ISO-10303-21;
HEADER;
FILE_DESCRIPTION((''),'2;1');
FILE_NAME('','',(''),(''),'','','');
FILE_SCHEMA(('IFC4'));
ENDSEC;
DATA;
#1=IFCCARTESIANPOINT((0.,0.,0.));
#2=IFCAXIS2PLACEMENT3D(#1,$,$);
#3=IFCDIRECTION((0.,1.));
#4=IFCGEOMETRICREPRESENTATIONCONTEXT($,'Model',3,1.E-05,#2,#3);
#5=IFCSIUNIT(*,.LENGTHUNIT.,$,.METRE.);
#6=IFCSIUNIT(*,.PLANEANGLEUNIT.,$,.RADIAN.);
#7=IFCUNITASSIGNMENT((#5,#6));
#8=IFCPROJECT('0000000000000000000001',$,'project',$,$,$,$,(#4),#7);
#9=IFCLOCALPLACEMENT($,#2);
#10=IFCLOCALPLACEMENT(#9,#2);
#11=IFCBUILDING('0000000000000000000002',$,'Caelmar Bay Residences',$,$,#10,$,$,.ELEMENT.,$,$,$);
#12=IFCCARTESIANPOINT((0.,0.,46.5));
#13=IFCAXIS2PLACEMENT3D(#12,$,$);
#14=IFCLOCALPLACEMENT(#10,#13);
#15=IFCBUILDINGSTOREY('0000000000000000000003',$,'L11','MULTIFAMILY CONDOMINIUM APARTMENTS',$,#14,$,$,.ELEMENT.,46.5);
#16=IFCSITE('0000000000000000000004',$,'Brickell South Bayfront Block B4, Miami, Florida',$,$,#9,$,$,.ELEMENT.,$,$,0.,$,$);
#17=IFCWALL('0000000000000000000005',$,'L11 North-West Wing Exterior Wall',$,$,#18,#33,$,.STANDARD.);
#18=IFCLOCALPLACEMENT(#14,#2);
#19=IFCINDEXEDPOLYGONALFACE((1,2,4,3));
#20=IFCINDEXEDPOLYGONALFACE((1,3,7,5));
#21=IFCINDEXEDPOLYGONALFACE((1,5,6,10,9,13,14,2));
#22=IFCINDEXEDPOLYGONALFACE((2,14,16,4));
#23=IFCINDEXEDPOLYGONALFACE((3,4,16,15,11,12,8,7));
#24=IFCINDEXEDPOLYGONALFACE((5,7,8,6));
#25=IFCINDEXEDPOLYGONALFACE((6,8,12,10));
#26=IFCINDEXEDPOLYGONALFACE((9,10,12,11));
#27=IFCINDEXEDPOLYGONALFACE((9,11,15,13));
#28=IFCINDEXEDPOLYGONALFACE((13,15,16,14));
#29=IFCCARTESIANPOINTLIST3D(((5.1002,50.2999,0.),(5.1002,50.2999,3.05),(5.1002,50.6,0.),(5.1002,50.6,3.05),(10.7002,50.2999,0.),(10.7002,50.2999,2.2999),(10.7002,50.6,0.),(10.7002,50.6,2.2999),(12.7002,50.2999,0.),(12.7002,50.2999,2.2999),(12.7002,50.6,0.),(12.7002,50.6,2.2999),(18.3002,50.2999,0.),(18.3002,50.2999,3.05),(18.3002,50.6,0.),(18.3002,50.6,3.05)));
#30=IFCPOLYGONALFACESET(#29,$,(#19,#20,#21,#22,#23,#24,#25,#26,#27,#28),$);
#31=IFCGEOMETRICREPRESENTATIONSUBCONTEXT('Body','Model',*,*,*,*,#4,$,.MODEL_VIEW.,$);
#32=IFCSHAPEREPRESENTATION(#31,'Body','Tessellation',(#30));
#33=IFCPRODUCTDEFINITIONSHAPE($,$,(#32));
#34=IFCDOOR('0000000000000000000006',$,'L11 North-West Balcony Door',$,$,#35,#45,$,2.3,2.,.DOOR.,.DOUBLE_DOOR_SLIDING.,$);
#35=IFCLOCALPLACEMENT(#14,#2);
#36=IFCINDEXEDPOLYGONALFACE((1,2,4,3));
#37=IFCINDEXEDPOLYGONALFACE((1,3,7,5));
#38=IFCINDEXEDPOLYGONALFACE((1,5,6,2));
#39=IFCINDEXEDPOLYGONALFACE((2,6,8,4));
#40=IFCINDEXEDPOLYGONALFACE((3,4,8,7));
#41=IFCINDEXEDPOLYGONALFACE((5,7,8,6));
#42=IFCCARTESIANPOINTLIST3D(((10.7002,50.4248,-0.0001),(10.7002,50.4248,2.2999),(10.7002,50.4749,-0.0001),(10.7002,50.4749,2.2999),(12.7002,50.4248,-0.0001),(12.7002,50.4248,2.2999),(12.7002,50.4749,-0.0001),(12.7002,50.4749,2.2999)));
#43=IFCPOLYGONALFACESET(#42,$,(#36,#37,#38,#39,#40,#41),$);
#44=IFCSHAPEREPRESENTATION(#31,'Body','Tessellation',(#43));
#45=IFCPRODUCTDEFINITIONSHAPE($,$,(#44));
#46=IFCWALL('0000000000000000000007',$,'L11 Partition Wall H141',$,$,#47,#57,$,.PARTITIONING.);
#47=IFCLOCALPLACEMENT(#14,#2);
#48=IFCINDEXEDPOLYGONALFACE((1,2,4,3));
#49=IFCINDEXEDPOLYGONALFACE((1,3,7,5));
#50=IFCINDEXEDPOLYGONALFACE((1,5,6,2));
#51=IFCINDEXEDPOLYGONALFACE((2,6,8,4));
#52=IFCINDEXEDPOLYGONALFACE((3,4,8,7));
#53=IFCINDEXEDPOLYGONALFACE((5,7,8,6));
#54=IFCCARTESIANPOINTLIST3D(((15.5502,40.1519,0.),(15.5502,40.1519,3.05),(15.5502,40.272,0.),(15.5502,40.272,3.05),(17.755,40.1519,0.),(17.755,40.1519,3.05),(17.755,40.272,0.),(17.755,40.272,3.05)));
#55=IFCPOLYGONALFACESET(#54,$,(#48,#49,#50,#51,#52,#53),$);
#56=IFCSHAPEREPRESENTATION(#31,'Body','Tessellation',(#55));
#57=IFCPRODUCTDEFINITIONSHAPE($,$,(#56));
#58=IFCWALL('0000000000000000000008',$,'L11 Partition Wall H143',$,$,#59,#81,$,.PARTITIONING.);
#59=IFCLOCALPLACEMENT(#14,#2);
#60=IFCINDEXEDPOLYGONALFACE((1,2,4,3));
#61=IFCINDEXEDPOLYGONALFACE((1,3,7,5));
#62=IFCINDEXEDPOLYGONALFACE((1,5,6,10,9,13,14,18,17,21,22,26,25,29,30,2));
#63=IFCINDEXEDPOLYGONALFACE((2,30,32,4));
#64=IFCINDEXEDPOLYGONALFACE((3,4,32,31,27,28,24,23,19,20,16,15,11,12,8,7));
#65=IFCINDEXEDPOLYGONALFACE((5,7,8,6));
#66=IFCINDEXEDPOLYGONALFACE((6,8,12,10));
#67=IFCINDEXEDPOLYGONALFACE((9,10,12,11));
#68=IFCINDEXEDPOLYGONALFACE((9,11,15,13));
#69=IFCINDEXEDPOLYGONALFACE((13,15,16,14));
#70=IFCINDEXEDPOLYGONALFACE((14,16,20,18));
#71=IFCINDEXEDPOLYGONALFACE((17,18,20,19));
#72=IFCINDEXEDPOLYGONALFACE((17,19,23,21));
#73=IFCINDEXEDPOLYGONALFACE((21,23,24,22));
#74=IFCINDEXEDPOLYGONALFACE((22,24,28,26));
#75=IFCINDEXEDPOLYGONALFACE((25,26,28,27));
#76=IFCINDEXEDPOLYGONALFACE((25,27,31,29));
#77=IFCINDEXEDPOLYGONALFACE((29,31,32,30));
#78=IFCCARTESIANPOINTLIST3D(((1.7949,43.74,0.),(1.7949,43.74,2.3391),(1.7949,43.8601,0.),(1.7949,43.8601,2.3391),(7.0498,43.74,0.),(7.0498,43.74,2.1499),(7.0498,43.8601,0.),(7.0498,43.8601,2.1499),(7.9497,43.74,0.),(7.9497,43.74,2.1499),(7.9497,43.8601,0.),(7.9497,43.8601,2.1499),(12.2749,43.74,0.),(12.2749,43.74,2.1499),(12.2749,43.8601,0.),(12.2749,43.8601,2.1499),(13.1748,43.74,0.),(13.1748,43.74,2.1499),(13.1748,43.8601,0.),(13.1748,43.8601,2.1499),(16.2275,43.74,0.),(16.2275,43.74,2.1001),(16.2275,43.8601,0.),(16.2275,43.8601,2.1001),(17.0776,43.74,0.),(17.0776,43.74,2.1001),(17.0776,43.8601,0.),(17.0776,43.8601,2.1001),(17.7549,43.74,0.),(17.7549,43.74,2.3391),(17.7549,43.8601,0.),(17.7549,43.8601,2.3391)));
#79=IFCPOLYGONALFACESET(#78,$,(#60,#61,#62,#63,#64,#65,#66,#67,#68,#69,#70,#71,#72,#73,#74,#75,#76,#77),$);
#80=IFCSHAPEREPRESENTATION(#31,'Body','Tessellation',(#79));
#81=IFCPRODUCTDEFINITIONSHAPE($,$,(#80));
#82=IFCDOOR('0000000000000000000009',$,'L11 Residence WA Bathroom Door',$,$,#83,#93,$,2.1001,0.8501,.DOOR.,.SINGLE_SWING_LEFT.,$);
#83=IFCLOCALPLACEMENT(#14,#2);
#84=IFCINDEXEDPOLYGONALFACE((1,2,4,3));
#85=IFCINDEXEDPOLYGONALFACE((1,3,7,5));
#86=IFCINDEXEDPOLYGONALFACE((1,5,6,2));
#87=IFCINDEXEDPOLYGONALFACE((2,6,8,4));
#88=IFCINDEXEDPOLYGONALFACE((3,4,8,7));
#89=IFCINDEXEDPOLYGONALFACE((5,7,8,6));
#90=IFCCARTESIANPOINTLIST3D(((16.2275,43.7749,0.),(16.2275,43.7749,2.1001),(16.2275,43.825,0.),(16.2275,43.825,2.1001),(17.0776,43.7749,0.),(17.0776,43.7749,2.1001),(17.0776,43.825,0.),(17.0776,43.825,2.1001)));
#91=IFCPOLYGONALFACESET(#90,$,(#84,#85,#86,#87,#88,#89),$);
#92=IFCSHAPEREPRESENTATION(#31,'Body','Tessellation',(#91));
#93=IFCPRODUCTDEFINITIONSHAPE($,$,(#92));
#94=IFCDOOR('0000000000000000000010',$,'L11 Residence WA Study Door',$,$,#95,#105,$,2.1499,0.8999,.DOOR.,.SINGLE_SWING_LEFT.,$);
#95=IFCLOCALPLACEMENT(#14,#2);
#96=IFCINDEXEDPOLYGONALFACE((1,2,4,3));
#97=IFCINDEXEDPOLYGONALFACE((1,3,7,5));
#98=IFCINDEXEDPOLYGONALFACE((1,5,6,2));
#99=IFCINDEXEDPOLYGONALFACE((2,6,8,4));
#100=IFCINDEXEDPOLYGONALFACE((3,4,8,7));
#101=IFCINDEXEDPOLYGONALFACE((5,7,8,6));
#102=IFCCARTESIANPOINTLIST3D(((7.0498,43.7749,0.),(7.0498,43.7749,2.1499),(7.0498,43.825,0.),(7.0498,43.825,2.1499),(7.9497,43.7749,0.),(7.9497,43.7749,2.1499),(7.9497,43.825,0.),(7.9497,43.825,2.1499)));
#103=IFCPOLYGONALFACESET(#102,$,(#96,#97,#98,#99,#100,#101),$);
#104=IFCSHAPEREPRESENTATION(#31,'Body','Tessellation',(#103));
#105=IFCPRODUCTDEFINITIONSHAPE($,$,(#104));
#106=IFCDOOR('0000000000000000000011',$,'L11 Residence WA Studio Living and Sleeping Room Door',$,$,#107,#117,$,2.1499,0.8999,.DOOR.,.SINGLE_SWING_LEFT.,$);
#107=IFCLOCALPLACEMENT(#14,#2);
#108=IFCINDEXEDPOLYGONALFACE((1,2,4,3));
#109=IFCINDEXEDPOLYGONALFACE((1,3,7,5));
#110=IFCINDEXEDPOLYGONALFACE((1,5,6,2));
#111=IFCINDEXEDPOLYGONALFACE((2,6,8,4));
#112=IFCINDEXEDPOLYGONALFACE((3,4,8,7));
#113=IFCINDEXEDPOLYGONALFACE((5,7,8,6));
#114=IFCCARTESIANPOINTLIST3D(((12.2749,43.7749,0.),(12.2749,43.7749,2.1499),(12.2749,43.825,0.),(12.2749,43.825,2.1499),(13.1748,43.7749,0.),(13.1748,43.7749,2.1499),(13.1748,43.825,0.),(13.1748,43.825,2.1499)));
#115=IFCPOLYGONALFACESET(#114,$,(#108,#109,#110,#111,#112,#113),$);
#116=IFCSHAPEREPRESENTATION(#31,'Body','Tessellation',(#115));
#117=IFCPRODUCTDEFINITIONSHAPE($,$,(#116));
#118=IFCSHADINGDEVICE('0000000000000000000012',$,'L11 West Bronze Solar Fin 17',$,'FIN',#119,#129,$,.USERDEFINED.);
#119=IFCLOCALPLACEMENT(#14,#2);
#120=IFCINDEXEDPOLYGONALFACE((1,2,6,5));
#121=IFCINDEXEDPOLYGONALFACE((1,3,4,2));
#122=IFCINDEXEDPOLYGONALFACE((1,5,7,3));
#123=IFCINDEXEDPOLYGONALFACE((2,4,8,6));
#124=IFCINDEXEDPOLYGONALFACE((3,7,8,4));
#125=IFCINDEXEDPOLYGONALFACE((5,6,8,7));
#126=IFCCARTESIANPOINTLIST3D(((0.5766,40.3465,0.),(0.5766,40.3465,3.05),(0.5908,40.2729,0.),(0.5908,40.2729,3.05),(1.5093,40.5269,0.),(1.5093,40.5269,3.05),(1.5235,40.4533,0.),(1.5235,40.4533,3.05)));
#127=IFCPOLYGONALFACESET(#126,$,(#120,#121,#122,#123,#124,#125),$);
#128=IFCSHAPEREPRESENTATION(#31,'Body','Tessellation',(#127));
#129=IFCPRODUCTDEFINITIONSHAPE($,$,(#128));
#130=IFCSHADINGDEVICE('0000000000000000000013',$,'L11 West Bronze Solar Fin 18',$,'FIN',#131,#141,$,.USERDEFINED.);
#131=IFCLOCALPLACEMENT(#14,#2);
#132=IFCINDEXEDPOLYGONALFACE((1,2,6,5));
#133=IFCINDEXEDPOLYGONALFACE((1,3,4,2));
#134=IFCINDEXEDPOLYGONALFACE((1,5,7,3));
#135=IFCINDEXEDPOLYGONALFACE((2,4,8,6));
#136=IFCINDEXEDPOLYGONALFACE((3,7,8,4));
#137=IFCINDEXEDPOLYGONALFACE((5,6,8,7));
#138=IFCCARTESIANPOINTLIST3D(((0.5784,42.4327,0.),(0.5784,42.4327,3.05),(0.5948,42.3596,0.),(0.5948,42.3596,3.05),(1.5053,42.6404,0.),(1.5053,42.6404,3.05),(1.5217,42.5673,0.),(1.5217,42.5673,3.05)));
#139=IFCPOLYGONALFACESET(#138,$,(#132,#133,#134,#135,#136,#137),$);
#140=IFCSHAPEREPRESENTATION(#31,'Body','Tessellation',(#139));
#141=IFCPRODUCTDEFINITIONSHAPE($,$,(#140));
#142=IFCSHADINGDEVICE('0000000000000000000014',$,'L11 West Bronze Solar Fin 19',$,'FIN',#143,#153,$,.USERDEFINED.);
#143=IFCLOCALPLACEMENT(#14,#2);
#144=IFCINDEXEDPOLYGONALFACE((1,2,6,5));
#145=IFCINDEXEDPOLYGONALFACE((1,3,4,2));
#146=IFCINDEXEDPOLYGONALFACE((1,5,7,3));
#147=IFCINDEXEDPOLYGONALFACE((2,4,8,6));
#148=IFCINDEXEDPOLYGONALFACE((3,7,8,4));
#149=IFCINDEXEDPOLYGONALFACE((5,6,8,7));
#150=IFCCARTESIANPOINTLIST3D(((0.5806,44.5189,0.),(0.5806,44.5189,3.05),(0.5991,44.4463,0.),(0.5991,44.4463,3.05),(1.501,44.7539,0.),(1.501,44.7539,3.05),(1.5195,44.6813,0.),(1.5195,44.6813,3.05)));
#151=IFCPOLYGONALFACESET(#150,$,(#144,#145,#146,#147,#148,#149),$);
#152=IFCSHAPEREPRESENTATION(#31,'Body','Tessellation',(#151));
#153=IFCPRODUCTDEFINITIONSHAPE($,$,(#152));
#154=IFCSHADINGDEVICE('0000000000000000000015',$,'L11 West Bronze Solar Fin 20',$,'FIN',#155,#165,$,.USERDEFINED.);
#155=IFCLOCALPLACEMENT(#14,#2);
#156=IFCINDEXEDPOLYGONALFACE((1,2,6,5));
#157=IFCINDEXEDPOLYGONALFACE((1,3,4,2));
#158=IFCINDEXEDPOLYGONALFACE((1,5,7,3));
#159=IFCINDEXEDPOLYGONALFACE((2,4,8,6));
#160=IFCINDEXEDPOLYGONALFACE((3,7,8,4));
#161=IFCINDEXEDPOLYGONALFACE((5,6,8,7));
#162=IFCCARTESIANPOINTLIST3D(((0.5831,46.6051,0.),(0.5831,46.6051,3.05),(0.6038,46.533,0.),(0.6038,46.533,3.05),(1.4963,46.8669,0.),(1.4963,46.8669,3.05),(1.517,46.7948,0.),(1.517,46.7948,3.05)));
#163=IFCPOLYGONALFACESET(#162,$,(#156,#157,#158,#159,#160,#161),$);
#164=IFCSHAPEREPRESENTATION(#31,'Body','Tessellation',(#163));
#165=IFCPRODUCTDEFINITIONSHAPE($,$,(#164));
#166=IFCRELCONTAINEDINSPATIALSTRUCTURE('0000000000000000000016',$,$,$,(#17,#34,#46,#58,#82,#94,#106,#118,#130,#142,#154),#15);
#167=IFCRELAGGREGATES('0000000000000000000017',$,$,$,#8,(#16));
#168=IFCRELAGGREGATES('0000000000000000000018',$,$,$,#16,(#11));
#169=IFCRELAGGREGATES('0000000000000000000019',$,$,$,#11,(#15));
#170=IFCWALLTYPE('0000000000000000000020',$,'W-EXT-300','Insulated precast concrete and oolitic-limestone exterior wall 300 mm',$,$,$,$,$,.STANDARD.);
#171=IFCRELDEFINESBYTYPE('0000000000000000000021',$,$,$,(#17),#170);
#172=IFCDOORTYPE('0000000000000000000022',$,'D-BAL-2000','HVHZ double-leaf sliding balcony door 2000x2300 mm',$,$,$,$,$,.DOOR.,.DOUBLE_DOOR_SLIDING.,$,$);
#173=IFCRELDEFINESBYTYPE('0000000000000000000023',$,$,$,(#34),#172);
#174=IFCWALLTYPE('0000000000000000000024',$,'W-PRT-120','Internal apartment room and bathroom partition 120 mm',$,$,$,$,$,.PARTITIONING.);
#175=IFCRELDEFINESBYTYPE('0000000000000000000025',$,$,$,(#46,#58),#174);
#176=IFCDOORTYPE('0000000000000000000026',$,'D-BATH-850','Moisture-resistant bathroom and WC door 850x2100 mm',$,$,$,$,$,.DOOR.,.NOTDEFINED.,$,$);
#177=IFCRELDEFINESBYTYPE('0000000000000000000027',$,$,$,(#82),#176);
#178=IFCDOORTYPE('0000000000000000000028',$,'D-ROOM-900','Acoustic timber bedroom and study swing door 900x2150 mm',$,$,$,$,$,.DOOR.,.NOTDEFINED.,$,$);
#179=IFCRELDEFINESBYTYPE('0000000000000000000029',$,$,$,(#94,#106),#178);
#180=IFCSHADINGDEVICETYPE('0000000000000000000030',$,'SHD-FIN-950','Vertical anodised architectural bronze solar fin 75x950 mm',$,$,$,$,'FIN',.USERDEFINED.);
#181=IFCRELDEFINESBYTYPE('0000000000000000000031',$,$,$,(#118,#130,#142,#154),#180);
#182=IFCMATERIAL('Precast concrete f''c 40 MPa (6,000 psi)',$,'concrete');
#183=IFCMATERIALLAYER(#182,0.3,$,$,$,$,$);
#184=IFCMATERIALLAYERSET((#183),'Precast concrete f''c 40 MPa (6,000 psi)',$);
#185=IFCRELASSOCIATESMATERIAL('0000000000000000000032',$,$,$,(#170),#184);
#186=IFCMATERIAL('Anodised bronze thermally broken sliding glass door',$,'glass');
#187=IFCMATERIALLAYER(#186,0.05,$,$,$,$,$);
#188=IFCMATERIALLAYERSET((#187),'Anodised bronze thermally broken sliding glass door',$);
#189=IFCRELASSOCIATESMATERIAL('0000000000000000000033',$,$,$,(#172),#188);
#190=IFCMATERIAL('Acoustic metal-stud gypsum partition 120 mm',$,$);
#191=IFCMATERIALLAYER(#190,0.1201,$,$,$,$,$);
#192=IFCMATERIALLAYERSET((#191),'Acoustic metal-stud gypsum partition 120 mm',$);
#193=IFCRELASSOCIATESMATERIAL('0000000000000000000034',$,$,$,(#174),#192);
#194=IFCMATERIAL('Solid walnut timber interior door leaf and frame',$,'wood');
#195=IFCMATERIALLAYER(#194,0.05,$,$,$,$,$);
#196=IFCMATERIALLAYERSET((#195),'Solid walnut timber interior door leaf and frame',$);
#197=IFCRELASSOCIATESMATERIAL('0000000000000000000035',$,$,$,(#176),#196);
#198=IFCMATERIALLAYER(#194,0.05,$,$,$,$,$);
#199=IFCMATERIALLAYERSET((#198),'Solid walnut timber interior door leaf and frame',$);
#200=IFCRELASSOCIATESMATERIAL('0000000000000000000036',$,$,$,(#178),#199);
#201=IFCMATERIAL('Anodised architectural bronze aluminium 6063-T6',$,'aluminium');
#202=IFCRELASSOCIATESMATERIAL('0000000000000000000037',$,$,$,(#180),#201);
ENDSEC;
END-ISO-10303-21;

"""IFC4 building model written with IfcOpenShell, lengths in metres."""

from ifc_helpers import new_model, si_unit, direction, frame, frame_2d, origin, origin_2d, place, context, subcontext, project, spatial, rectangle, extrude, material, layer, layer_set, material_profile, profile_set, type_object, element, fill, save


model = new_model("IFC4")

# Units and contexts
model_context = context("Model", 3, precision=1e-05, world=origin(), true_north=direction((0.0, 1.0)))
body_context = subcontext(model_context, "Body", "Model", "MODEL_VIEW")
ifc_project = project(units=[si_unit("LENGTHUNIT", "METRE"), si_unit("PLANEANGLEUNIT", "RADIAN")], contexts=[model_context])

# Site, building, storey
site_placement = place(None, origin())
site = spatial("IfcSite", under=ifc_project, at=site_placement, Name="Brickell South Bayfront Block B4, Miami, Florida", CompositionType="ELEMENT", RefElevation=0.0)
building_placement = place(site_placement, origin())
building = spatial("IfcBuilding", under=site, at=building_placement, Name="Caelmar Bay Residences", CompositionType="ELEMENT")
storey_placement = place(building_placement, frame((0.0, 0.0, 46.5)))
storey = spatial("IfcBuildingStorey", under=building, at=storey_placement, Name="L11", Description="MULTIFAMILY CONDOMINIUM APARTMENTS", CompositionType="ELEMENT", Elevation=46.5)

# Shared definitions
ifc_material_1 = material(Name="Precast concrete f'c 40 MPa (6,000 psi)", Category="concrete")

# Wall, opening, door
ifc_layer_1 = layer(ifc_material_1, 0.3)
ifc_layer_set_1 = layer_set([ifc_layer_1], Name="Precast concrete f'c 40 MPa (6,000 psi)")
wall_type_1 = type_object("IfcWallType", Name="W-EXT-300", Description="Insulated precast concrete and oolitic-limestone exterior wall 300 mm", PredefinedType="STANDARD", material=ifc_layer_set_1)
wall_1_placement = place(storey_placement, frame((5.1001, 50.45, 0.0), z_axis=(0.0, 0.0, 1.0), x_axis=(1.0, 0.0, 0.0)))
wall_1 = element("IfcWall", 1, at=wall_1_placement, inside=storey, type_object=wall_type_1, Name="L11 North-West Wing Exterior Wall", PredefinedType="STANDARD", context=body_context, shape_type="SweptSolid", body=[
    extrude(rectangle(XDim=13.2, YDim=0.3, at=frame_2d((6.6001, 0.0))), origin(), (0.0, 0.0, 1.0), 3.05),
])
opening_1_placement = place(wall_1_placement, frame((5.6001, 0.0, 0.0)))
opening_1 = element("IfcOpeningElement", 2, at=opening_1_placement, cuts=wall_1, PredefinedType="OPENING", context=body_context, shape_type="SweptSolid", body=[
    extrude(rectangle(XDim=2.0, YDim=2.3, at=frame_2d((1.0, 1.1499))), frame((0.0, 0.1599, 0.0), z_axis=(0.0, -1.0, 0.0), x_axis=(1.0, 0.0, 0.0)), (0.0, 0.0, 1.0), 0.3201),
])
ifc_material_2 = material(Name="Anodised bronze thermally broken sliding glass door", Category="glass")
ifc_layer_2 = layer(ifc_material_2, 0.05)
ifc_layer_set_2 = layer_set([ifc_layer_2], Name="Anodised bronze thermally broken sliding glass door")
door_type_1 = type_object("IfcDoorType", Name="D-BAL-2000", Description="HVHZ double-leaf sliding balcony door 2000x2300 mm", OperationType="DOUBLE_DOOR_SLIDING", PredefinedType="DOOR", material=ifc_layer_set_2)
door_1_placement = place(opening_1_placement, origin())
door_1 = element("IfcDoor", 3, at=door_1_placement, inside=storey, type_object=door_type_1, Name="L11 North-West Balcony Door", OperationType="DOUBLE_DOOR_SLIDING", OverallHeight=2.3, OverallWidth=2.0, PredefinedType="DOOR", context=body_context, shape_type="SweptSolid", body=[
    extrude(rectangle(XDim=2.0, YDim=2.3, at=frame_2d((1.0, 1.1499))), frame((0.0, 0.0249, 0.0), z_axis=(0.0, -1.0, 0.0), x_axis=(1.0, 0.0, 0.0)), (0.0, 0.0, 1.0), 0.05),
])
fill(opening_1, door_1)

# Wall
ifc_material_3 = material(Name="Acoustic metal-stud gypsum partition 120 mm")
ifc_layer_3 = layer(ifc_material_3, 0.1201)
ifc_layer_set_3 = layer_set([ifc_layer_3], Name="Acoustic metal-stud gypsum partition 120 mm")
wall_type_2 = type_object("IfcWallType", Name="W-PRT-120", Description="Internal apartment room and bathroom partition 120 mm", PredefinedType="PARTITIONING", material=ifc_layer_set_3)
wall_2_placement = place(storey_placement, frame((15.55, 40.2119, 0.0), z_axis=(0.0, 0.0, 1.0), x_axis=(1.0, 0.0, 0.0)))
element("IfcWall", 4, at=wall_2_placement, inside=storey, type_object=wall_type_2, Name="L11 Partition Wall H141", PredefinedType="PARTITIONING", context=body_context, shape_type="SweptSolid", body=[
    extrude(rectangle(XDim=2.2048, YDim=0.1201, at=frame_2d((1.1025, 0.0))), origin(), (0.0, 0.0, 1.0), 3.05),
])

# Wall, openings, doors
wall_3_placement = place(storey_placement, frame((1.7949, 43.8, 0.0), z_axis=(0.0, 0.0, 1.0), x_axis=(1.0, 0.0, 0.0)))
wall_3 = element("IfcWall", 5, at=wall_3_placement, inside=storey, type_object=wall_type_2, Name="L11 Partition Wall H143", PredefinedType="PARTITIONING", context=body_context, shape_type="SweptSolid", body=[
    extrude(rectangle(XDim=15.96, YDim=0.1201, at=frame_2d((7.98, 0.0))), origin(), (0.0, 0.0, 1.0), 2.3391),
])
opening_2_placement = place(wall_3_placement, frame((5.2549, 0.0, 0.0)))
opening_2 = element("IfcOpeningElement", 6, at=opening_2_placement, cuts=wall_3, PredefinedType="OPENING", context=body_context, shape_type="SweptSolid", body=[
    extrude(rectangle(XDim=0.8999, YDim=2.1499, at=frame_2d((0.45, 1.075))), frame((0.0, 0.0701, 0.0), z_axis=(0.0, -1.0, 0.0), x_axis=(1.0, 0.0, 0.0)), (0.0, 0.0, 1.0), 0.1401),
])
opening_3_placement = place(wall_3_placement, frame((10.48, 0.0, 0.0)))
opening_3 = element("IfcOpeningElement", 7, at=opening_3_placement, cuts=wall_3, PredefinedType="OPENING", context=body_context, shape_type="SweptSolid", body=[
    extrude(rectangle(XDim=0.8999, YDim=2.1499, at=frame_2d((0.45, 1.075))), frame((0.0, 0.0701, 0.0), z_axis=(0.0, -1.0, 0.0), x_axis=(1.0, 0.0, 0.0)), (0.0, 0.0, 1.0), 0.1401),
])
opening_4_placement = place(wall_3_placement, frame((14.4326, 0.0, 0.0)))
opening_4 = element("IfcOpeningElement", 8, at=opening_4_placement, cuts=wall_3, PredefinedType="OPENING", context=body_context, shape_type="SweptSolid", body=[
    extrude(rectangle(XDim=0.8501, YDim=2.1001, at=frame_2d((0.425, 1.05))), frame((0.0, 0.0701, 0.0), z_axis=(0.0, -1.0, 0.0), x_axis=(1.0, 0.0, 0.0)), (0.0, 0.0, 1.0), 0.1401),
])
ifc_material_4 = material(Name="Solid walnut timber interior door leaf and frame", Category="wood")
ifc_layer_4 = layer(ifc_material_4, 0.05)
ifc_layer_set_4 = layer_set([ifc_layer_4], Name="Solid walnut timber interior door leaf and frame")
door_type_2 = type_object("IfcDoorType", Name="D-BATH-850", Description="Moisture-resistant bathroom and WC door 850x2100 mm", OperationType="NOTDEFINED", PredefinedType="DOOR", material=ifc_layer_set_4)
door_2_placement = place(opening_4_placement, origin())
door_2 = element("IfcDoor", 9, at=door_2_placement, inside=storey, type_object=door_type_2, Name="L11 Residence WA Bathroom Door", OperationType="SINGLE_SWING_LEFT", OverallHeight=2.1001, OverallWidth=0.8501, PredefinedType="DOOR", context=body_context, shape_type="SweptSolid", body=[
    extrude(rectangle(XDim=0.8501, YDim=2.1001, at=frame_2d((0.425, 1.05))), frame((0.0, 0.0249, 0.0), z_axis=(0.0, -1.0, 0.0), x_axis=(1.0, 0.0, 0.0)), (0.0, 0.0, 1.0), 0.05),
])
fill(opening_4, door_2)
ifc_layer_5 = layer(ifc_material_4, 0.05)
ifc_layer_set_5 = layer_set([ifc_layer_5], Name="Solid walnut timber interior door leaf and frame")
door_type_3 = type_object("IfcDoorType", Name="D-ROOM-900", Description="Acoustic timber bedroom and study swing door 900x2150 mm", OperationType="NOTDEFINED", PredefinedType="DOOR", material=ifc_layer_set_5)
door_3_placement = place(opening_2_placement, origin())
door_3 = element("IfcDoor", 10, at=door_3_placement, inside=storey, type_object=door_type_3, Name="L11 Residence WA Study Door", OperationType="SINGLE_SWING_LEFT", OverallHeight=2.1499, OverallWidth=0.8999, PredefinedType="DOOR", context=body_context, shape_type="SweptSolid", body=[
    extrude(rectangle(XDim=0.8999, YDim=2.1499, at=frame_2d((0.45, 1.075))), frame((0.0, 0.0249, 0.0), z_axis=(0.0, -1.0, 0.0), x_axis=(1.0, 0.0, 0.0)), (0.0, 0.0, 1.0), 0.05),
])
fill(opening_2, door_3)
door_4_placement = place(opening_3_placement, origin())
door_4 = element("IfcDoor", 11, at=door_4_placement, inside=storey, type_object=door_type_3, Name="L11 Residence WA Studio Living and Sleeping Room Door", OperationType="SINGLE_SWING_LEFT", OverallHeight=2.1499, OverallWidth=0.8999, PredefinedType="DOOR", context=body_context, shape_type="SweptSolid", body=[
    extrude(rectangle(XDim=0.8999, YDim=2.1499, at=frame_2d((0.45, 1.075))), frame((0.0, 0.0249, 0.0), z_axis=(0.0, -1.0, 0.0), x_axis=(1.0, 0.0, 0.0)), (0.0, 0.0, 1.0), 0.05),
])
fill(opening_3, door_4)

# Shading devices
ifc_material_5 = material(Name="Anodised architectural bronze aluminium 6063-T6", Category="aluminium")
ifc_material_profile_1 = material_profile(ifc_material_5, rectangle(XDim=0.075, YDim=0.95, at=origin_2d()), Name="BRONZE-FIN-75X950")
ifc_profile_set_1 = profile_set([ifc_material_profile_1], Name="Anodised architectural bronze aluminium 6063-T6")
shading_device_type = type_object("IfcShadingDeviceType", Name="SHD-FIN-950", Description="Vertical anodised architectural bronze solar fin 75x950 mm", ElementType="FIN", PredefinedType="USERDEFINED", material=ifc_profile_set_1)
for number, where, z_axis, x_axis, name in (
    (12, (1.05, 40.3999, 0.0), (0.0, 0.0, 1.0), (-0.189952, 0.981793, 0.0), "L11 West Bronze Solar Fin 17"),
    (13, (1.05, 42.5, 0.0), (0.0, 0.0, 1.0), (-0.218654, 0.975802, 0.0), "L11 West Bronze Solar Fin 18"),
    (14, (1.05, 44.6001, 0.0), (0.0, 0.0, 1.0), (-0.247337, 0.968929, 0.0), "L11 West Bronze Solar Fin 19"),
    (15, (1.05, 46.7, 0.0), (0.0, 0.0, 1.0), (-0.275637, 0.961262, 0.0), "L11 West Bronze Solar Fin 20"),
):
    element("IfcShadingDevice", number, at=place(storey_placement, frame(where, z_axis=z_axis, x_axis=x_axis)), inside=storey, type_object=shading_device_type, Name=name, ObjectType="FIN", PredefinedType="USERDEFINED", context=body_context, shape_type="SweptSolid", body=[
        extrude(rectangle(XDim=0.075, YDim=0.95, at=origin_2d()), origin(), (0.0, 0.0, 1.0), 3.05),
    ])

save(model, "model.ifc")
